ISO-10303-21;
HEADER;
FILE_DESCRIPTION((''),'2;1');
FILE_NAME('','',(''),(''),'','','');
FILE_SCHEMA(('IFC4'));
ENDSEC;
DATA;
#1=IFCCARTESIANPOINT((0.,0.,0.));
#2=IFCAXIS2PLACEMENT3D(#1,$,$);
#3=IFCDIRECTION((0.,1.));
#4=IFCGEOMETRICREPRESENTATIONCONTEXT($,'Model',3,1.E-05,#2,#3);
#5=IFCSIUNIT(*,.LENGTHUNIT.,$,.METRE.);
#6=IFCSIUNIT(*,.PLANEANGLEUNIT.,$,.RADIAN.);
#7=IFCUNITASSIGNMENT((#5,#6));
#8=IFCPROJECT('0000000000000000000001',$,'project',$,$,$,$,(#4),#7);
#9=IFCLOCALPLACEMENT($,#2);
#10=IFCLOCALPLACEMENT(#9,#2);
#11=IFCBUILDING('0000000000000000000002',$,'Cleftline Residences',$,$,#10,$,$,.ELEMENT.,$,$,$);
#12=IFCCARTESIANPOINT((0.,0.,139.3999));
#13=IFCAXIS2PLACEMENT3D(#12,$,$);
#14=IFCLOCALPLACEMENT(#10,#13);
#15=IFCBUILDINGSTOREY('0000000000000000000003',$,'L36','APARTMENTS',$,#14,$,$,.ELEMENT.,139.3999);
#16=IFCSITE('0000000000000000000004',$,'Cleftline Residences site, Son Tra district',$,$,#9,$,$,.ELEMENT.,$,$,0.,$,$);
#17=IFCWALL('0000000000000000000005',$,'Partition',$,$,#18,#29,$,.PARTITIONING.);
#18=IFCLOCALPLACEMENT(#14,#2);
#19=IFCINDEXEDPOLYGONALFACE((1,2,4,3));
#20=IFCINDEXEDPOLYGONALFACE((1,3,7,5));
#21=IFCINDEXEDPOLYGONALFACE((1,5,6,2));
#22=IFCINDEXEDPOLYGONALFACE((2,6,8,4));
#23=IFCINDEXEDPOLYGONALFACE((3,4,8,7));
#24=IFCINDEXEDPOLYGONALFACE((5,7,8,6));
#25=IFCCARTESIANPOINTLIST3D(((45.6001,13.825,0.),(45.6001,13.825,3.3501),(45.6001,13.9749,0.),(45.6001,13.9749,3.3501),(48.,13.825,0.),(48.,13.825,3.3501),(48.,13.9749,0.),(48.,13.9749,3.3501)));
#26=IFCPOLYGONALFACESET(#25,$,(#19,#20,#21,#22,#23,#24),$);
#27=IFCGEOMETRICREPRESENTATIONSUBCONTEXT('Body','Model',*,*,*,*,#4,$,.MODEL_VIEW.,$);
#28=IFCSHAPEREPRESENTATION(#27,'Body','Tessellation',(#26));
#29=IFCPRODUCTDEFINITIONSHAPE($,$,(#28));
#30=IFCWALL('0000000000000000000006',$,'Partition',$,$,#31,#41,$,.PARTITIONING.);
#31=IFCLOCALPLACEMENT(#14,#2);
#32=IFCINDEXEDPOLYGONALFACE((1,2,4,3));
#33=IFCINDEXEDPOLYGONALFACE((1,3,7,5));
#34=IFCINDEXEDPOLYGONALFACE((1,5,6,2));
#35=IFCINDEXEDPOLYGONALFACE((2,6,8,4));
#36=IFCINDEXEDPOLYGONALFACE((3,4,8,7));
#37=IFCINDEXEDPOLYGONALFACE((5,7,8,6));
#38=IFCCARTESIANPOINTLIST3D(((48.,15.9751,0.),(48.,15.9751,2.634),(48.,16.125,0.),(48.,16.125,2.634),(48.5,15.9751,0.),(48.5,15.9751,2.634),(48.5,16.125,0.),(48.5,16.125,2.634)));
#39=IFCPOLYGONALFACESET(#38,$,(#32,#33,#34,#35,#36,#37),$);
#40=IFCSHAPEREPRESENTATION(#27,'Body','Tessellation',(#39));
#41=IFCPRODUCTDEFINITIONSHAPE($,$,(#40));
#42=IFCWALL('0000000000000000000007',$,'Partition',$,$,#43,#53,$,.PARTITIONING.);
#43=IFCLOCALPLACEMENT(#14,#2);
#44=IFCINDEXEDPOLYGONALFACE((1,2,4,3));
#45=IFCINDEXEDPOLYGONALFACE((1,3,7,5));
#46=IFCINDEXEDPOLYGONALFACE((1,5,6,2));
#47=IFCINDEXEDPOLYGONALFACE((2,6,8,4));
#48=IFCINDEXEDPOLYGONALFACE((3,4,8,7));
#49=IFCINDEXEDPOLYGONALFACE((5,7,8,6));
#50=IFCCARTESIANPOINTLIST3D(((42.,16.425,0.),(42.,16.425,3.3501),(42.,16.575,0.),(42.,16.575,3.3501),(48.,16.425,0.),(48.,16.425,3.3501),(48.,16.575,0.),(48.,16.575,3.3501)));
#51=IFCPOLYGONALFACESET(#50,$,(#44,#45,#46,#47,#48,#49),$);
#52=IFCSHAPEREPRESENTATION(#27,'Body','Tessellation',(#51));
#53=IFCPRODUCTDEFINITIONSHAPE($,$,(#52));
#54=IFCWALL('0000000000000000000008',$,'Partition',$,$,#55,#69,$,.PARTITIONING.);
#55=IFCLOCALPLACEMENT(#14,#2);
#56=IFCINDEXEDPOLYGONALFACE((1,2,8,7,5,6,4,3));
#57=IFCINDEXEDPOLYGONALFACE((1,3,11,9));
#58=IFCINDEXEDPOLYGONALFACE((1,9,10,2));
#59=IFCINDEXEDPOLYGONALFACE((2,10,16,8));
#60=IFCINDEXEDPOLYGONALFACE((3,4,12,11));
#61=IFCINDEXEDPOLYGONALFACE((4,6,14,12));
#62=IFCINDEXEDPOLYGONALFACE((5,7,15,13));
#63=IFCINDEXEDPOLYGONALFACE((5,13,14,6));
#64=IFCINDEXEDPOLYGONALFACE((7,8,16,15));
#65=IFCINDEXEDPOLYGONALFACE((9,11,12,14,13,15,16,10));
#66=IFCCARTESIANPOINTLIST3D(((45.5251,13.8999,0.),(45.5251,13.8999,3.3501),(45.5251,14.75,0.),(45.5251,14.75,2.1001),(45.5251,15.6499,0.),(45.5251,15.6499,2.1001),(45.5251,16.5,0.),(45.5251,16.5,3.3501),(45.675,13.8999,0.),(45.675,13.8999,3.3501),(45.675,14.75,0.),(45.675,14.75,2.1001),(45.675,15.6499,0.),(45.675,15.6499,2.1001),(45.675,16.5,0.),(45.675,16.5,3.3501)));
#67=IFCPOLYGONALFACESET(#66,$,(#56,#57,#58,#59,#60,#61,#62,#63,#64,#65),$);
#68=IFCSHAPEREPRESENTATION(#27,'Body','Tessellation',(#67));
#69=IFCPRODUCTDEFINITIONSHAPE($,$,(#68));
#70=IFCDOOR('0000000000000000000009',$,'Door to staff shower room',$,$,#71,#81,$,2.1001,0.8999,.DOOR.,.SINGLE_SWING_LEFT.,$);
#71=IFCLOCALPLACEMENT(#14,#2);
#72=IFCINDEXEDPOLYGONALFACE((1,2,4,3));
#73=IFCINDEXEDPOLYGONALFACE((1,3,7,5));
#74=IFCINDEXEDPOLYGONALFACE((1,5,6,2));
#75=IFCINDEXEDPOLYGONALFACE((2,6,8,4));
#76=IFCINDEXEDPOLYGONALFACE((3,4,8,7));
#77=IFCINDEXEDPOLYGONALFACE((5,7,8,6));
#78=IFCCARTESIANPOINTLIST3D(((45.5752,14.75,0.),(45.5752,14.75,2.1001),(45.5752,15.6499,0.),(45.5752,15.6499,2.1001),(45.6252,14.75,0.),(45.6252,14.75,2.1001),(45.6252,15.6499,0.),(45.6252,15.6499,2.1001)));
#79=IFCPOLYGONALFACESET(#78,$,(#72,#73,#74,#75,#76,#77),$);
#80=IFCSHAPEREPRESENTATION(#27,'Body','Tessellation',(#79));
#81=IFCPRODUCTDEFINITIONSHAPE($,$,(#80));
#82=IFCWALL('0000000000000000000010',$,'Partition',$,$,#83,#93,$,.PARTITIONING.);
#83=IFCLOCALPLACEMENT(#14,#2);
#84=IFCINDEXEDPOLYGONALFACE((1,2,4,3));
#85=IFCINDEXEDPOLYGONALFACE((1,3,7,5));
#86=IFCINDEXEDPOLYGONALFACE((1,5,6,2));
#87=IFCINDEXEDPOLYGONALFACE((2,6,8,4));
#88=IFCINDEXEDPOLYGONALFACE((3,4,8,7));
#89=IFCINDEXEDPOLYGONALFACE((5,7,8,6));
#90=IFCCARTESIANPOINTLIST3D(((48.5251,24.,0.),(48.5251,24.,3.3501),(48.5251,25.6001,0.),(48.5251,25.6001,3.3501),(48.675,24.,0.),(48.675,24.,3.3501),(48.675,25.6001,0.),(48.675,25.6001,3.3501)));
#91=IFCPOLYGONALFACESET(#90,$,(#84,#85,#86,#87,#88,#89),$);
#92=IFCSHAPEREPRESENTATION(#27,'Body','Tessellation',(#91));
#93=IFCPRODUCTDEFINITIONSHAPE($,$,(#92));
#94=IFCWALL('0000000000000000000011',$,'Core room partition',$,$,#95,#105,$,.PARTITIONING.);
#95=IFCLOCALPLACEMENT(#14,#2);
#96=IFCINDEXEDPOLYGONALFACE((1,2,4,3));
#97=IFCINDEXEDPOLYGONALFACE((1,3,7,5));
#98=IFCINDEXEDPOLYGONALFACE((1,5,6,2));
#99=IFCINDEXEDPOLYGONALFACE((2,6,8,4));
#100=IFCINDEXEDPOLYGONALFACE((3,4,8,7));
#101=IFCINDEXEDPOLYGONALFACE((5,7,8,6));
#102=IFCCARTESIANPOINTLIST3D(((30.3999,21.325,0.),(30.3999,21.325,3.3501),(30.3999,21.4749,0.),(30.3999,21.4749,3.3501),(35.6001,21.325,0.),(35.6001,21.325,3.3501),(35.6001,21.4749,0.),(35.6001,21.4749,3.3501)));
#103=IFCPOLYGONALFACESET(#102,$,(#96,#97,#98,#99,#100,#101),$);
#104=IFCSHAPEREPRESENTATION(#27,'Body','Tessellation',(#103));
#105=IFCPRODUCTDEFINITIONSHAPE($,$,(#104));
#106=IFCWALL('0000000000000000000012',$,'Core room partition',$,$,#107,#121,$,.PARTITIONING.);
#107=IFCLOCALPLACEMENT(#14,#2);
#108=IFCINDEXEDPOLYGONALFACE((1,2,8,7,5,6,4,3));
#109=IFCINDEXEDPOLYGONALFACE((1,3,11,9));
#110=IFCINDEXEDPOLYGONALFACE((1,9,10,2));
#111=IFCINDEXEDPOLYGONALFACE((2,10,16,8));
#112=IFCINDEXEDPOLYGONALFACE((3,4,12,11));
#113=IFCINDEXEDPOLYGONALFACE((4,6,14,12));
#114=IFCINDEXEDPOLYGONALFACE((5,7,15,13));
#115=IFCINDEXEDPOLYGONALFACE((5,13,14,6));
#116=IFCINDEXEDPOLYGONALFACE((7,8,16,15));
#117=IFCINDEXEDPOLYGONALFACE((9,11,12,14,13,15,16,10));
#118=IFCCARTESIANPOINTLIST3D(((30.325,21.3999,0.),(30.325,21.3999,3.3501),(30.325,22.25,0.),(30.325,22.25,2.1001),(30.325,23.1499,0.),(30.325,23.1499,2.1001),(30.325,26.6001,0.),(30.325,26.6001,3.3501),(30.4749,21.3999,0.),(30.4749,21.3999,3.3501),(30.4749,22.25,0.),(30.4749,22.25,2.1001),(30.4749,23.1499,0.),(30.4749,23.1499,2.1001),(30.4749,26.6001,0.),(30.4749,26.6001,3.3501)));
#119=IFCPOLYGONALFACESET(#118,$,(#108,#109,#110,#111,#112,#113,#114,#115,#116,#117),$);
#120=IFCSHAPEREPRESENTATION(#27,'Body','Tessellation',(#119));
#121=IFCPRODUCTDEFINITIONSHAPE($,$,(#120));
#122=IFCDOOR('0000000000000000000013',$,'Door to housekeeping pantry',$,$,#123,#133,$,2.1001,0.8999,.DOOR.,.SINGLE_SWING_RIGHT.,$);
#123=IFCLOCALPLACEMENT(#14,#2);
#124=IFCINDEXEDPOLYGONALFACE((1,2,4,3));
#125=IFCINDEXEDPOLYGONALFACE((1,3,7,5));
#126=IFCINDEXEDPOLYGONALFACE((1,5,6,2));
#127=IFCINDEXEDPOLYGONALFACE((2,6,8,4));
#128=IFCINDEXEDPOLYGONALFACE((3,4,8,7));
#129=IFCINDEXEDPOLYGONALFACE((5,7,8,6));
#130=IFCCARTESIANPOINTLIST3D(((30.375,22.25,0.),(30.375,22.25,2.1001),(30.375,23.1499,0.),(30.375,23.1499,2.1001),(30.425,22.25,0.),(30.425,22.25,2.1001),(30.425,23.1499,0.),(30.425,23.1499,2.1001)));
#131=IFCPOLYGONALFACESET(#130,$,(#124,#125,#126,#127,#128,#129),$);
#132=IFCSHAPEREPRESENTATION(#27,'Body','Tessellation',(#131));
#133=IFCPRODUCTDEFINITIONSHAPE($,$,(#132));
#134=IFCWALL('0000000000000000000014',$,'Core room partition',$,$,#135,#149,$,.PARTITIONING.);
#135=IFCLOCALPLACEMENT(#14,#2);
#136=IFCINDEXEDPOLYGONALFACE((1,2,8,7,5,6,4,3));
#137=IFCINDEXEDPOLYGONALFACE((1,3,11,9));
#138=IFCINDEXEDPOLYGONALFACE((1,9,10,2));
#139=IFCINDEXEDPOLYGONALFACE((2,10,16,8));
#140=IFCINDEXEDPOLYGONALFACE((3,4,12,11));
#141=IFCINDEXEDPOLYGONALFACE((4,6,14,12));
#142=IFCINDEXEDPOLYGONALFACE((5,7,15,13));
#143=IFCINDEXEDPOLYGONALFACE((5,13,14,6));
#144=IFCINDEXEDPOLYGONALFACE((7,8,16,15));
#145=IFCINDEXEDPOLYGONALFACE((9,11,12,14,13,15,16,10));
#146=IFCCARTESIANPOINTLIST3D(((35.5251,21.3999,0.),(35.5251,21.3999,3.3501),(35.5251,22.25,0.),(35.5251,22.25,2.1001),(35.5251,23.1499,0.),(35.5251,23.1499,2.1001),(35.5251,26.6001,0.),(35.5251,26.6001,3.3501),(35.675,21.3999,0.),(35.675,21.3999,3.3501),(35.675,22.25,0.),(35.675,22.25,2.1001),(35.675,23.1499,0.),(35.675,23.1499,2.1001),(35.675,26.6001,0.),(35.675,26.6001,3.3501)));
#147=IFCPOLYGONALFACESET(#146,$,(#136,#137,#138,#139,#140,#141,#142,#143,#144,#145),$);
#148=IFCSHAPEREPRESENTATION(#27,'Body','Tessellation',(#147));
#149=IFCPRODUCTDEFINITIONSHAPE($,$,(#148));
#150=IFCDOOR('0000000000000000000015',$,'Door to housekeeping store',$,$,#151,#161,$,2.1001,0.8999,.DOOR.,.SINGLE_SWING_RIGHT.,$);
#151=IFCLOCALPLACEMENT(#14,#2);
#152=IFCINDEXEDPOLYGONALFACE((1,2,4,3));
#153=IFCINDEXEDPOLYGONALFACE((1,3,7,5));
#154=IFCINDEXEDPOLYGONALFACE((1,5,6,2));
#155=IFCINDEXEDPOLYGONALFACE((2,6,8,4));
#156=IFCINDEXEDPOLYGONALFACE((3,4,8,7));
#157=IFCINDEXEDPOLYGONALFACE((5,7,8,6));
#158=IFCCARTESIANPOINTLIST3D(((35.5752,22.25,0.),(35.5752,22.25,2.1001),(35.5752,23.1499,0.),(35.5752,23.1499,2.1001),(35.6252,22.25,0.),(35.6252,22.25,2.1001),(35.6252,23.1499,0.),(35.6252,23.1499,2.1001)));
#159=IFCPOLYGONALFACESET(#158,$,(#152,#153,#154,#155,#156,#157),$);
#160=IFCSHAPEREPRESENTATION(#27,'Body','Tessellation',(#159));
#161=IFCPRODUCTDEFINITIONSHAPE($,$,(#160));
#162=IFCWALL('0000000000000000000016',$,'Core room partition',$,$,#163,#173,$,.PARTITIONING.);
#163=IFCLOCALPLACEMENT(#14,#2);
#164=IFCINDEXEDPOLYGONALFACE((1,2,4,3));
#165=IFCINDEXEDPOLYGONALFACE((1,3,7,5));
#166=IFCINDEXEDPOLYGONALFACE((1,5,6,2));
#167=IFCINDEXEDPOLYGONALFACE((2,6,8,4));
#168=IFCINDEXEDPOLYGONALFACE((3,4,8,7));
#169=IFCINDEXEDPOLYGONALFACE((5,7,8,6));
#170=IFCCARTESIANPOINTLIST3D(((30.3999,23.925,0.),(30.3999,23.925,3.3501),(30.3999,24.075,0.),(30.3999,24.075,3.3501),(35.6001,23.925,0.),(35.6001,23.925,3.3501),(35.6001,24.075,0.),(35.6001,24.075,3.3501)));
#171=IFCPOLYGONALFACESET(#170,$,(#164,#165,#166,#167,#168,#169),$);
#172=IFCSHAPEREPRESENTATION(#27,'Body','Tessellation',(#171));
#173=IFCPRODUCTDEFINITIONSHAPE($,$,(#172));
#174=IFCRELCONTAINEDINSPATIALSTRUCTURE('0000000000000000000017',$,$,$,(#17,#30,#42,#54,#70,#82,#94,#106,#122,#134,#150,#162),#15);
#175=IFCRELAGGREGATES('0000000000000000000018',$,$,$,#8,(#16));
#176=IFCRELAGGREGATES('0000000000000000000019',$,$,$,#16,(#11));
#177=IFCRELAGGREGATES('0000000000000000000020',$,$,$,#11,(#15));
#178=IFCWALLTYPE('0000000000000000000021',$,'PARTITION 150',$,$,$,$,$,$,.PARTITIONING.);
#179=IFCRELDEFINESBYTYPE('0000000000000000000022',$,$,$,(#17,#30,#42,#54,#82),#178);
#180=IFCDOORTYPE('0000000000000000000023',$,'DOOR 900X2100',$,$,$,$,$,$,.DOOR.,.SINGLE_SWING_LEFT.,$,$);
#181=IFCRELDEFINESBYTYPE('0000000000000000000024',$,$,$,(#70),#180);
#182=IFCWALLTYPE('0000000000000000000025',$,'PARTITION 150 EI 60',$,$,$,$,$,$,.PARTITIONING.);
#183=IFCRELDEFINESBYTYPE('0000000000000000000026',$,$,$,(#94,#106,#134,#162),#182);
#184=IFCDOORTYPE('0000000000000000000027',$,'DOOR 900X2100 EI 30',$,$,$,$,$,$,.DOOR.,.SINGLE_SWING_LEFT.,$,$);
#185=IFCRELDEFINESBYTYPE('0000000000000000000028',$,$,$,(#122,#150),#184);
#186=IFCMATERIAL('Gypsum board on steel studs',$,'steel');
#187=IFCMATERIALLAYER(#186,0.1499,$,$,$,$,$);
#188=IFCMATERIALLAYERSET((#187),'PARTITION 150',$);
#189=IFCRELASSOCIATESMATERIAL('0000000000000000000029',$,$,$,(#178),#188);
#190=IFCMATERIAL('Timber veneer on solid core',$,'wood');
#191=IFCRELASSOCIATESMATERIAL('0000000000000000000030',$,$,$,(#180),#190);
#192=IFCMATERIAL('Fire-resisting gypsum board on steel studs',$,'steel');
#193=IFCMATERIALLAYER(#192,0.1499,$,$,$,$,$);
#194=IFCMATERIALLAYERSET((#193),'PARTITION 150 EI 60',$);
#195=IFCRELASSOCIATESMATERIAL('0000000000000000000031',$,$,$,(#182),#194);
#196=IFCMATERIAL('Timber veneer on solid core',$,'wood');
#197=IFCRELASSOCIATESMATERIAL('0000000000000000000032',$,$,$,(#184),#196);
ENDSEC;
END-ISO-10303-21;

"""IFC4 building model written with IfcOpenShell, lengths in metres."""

from ifc_helpers import new_model, si_unit, direction, frame, frame_2d, origin, place, context, subcontext, project, spatial, rectangle, extrude, material, layer, layer_set, type_object, element, fill, save


model = new_model("IFC4")

# Units and contexts
model_context = context("Model", 3, precision=1e-05, world=origin(), true_north=direction((0.0, 1.0)))
body_context = subcontext(model_context, "Body", "Model", "MODEL_VIEW")
ifc_project = project(units=[si_unit("LENGTHUNIT", "METRE"), si_unit("PLANEANGLEUNIT", "RADIAN")], contexts=[model_context])

# Site, building, storey
site_placement = place(None, origin())
site = spatial("IfcSite", under=ifc_project, at=site_placement, Name="Cleftline Residences site, Son Tra district", CompositionType="ELEMENT", RefElevation=0.0)
building_placement = place(site_placement, origin())
building = spatial("IfcBuilding", under=site, at=building_placement, Name="Cleftline Residences", CompositionType="ELEMENT")
storey_placement = place(building_placement, frame((0.0, 0.0, 139.3999)))
storey = spatial("IfcBuildingStorey", under=building, at=storey_placement, Name="L36", Description="APARTMENTS", CompositionType="ELEMENT", Elevation=139.3999)

# Walls
ifc_material_1 = material(Name="Gypsum board on steel studs", Category="steel")
ifc_layer_1 = layer(ifc_material_1, 0.1499)
ifc_layer_set_1 = layer_set([ifc_layer_1], Name="PARTITION 150")
wall_type_1 = type_object("IfcWallType", Name="PARTITION 150", PredefinedType="PARTITIONING", material=ifc_layer_set_1)
wall_1_placement = place(storey_placement, frame((45.6001, 13.8999, 0.0), z_axis=(0.0, 0.0, 1.0), x_axis=(1.0, 0.0, 0.0)))
element("IfcWall", 1, at=wall_1_placement, inside=storey, type_object=wall_type_1, Name="Partition", PredefinedType="PARTITIONING", context=body_context, shape_type="SweptSolid", body=[
    extrude(rectangle(XDim=2.3999, YDim=0.1499, at=frame_2d((1.2, 0.0))), origin(), (0.0, 0.0, 1.0), 3.3501),
])
wall_2_placement = place(storey_placement, frame((48.0, 16.05, 0.0), z_axis=(0.0, 0.0, 1.0), x_axis=(1.0, 0.0, 0.0)))
element("IfcWall", 2, at=wall_2_placement, inside=storey, type_object=wall_type_1, Name="Partition", PredefinedType="PARTITIONING", context=body_context, shape_type="SweptSolid", body=[
    extrude(rectangle(XDim=0.5, YDim=0.1499, at=frame_2d((0.25, 0.0))), origin(), (0.0, 0.0, 1.0), 2.634),
])
wall_3_placement = place(storey_placement, frame((42.0, 16.5, 0.0), z_axis=(0.0, 0.0, 1.0), x_axis=(1.0, 0.0, 0.0)))
element("IfcWall", 3, at=wall_3_placement, inside=storey, type_object=wall_type_1, Name="Partition", PredefinedType="PARTITIONING", context=body_context, shape_type="SweptSolid", body=[
    extrude(rectangle(XDim=6.0, YDim=0.1499, at=frame_2d((3.0, 0.0))), origin(), (0.0, 0.0, 1.0), 3.3501),
])

# Wall, opening, door
wall_4_placement = place(storey_placement, frame((45.6001, 13.8999, 0.0), z_axis=(0.0, 0.0, 1.0), x_axis=(0.0, 1.0, 0.0)))
wall_4 = element("IfcWall", 4, at=wall_4_placement, inside=storey, type_object=wall_type_1, Name="Partition", PredefinedType="PARTITIONING", context=body_context, shape_type="SweptSolid", body=[
    extrude(rectangle(XDim=2.6001, YDim=0.1499, at=frame_2d((1.3, 0.0))), origin(), (0.0, 0.0, 1.0), 3.3501),
])
opening_1_placement = place(wall_4_placement, frame((0.8501, 0.0, 0.0)))
opening_1 = element("IfcOpeningElement", 5, at=opening_1_placement, cuts=wall_4, PredefinedType="OPENING", context=body_context, shape_type="SweptSolid", body=[
    extrude(rectangle(XDim=0.8999, YDim=2.1001, at=frame_2d((0.45, 1.05))), frame((0.0, 0.085, 0.0), z_axis=(0.0, -1.0, 0.0), x_axis=(1.0, 0.0, 0.0)), (0.0, 0.0, 1.0), 0.1699),
])
ifc_material_2 = material(Name="Timber veneer on solid core", Category="wood")
door_type_1 = type_object("IfcDoorType", Name="DOOR 900X2100", OperationType="SINGLE_SWING_LEFT", PredefinedType="DOOR", material=ifc_material_2)
door_1_placement = place(opening_1_placement, origin())
door_1 = element("IfcDoor", 6, at=door_1_placement, inside=storey, type_object=door_type_1, Name="Door to staff shower room", OperationType="SINGLE_SWING_LEFT", OverallHeight=2.1001, OverallWidth=0.8999, PredefinedType="DOOR", context=body_context, shape_type="SweptSolid", body=[
    extrude(rectangle(XDim=0.8999, YDim=2.1001, at=frame_2d((0.45, 1.05))), frame((0.0, 0.0249, 0.0), z_axis=(0.0, -1.0, 0.0), x_axis=(1.0, 0.0, 0.0)), (0.0, 0.0, 1.0), 0.05),
])
fill(opening_1, door_1)

# Walls
wall_5_placement = place(storey_placement, frame((48.6001, 24.0, 0.0), z_axis=(0.0, 0.0, 1.0), x_axis=(0.0, 1.0, 0.0)))
element("IfcWall", 7, at=wall_5_placement, inside=storey, type_object=wall_type_1, Name="Partition", PredefinedType="PARTITIONING", context=body_context, shape_type="SweptSolid", body=[
    extrude(rectangle(XDim=1.6001, YDim=0.1499, at=frame_2d((0.8, 0.0))), origin(), (0.0, 0.0, 1.0), 3.3501),
])
ifc_material_3 = material(Name="Fire-resisting gypsum board on steel studs", Category="steel")
ifc_layer_2 = layer(ifc_material_3, 0.1499)
ifc_layer_set_2 = layer_set([ifc_layer_2], Name="PARTITION 150 EI 60")
wall_type_2 = type_object("IfcWallType", Name="PARTITION 150 EI 60", PredefinedType="PARTITIONING", material=ifc_layer_set_2)
wall_6_placement = place(storey_placement, frame((30.3999, 21.3999, 0.0), z_axis=(0.0, 0.0, 1.0), x_axis=(1.0, 0.0, 0.0)))
element("IfcWall", 8, at=wall_6_placement, inside=storey, type_object=wall_type_2, Name="Core room partition", PredefinedType="PARTITIONING", context=body_context, shape_type="SweptSolid", body=[
    extrude(rectangle(XDim=5.2002, YDim=0.1499, at=frame_2d((2.6001, 0.0))), origin(), (0.0, 0.0, 1.0), 3.3501),
])

# Walls, openings, doors
wall_7_placement = place(storey_placement, frame((30.3999, 21.3999, 0.0), z_axis=(0.0, 0.0, 1.0), x_axis=(0.0, 1.0, 0.0)))
wall_7 = element("IfcWall", 9, at=wall_7_placement, inside=storey, type_object=wall_type_2, Name="Core room partition", PredefinedType="PARTITIONING", context=body_context, shape_type="SweptSolid", body=[
    extrude(rectangle(XDim=5.2002, YDim=0.1499, at=frame_2d((2.6001, 0.0))), origin(), (0.0, 0.0, 1.0), 3.3501),
])
opening_2_placement = place(wall_7_placement, frame((0.8501, 0.0, 0.0)))
opening_2 = element("IfcOpeningElement", 10, at=opening_2_placement, cuts=wall_7, PredefinedType="OPENING", context=body_context, shape_type="SweptSolid", body=[
    extrude(rectangle(XDim=0.8999, YDim=2.1001, at=frame_2d((0.45, 1.05))), frame((0.0, 0.085, 0.0), z_axis=(0.0, -1.0, 0.0), x_axis=(1.0, 0.0, 0.0)), (0.0, 0.0, 1.0), 0.1699),
])
ifc_material_4 = material(Name="Timber veneer on solid core", Category="wood")
door_type_2 = type_object("IfcDoorType", Name="DOOR 900X2100 EI 30", OperationType="SINGLE_SWING_LEFT", PredefinedType="DOOR", material=ifc_material_4)
door_2_placement = place(opening_2_placement, origin())
door_2 = element("IfcDoor", 11, at=door_2_placement, inside=storey, type_object=door_type_2, Name="Door to housekeeping pantry", OperationType="SINGLE_SWING_RIGHT", OverallHeight=2.1001, OverallWidth=0.8999, PredefinedType="DOOR", context=body_context, shape_type="SweptSolid", body=[
    extrude(rectangle(XDim=0.8999, YDim=2.1001, at=frame_2d((0.45, 1.05))), frame((0.0, 0.0249, 0.0), z_axis=(0.0, -1.0, 0.0), x_axis=(1.0, 0.0, 0.0)), (0.0, 0.0, 1.0), 0.05),
])
fill(opening_2, door_2)
wall_8_placement = place(storey_placement, frame((35.6001, 21.3999, 0.0), z_axis=(0.0, 0.0, 1.0), x_axis=(0.0, 1.0, 0.0)))
wall_8 = element("IfcWall", 12, at=wall_8_placement, inside=storey, type_object=wall_type_2, Name="Core room partition", PredefinedType="PARTITIONING", context=body_context, shape_type="SweptSolid", body=[
    extrude(rectangle(XDim=5.2002, YDim=0.1499, at=frame_2d((2.6001, 0.0))), origin(), (0.0, 0.0, 1.0), 3.3501),
])
opening_3_placement = place(wall_8_placement, frame((0.8501, 0.0, 0.0)))
opening_3 = element("IfcOpeningElement", 13, at=opening_3_placement, cuts=wall_8, PredefinedType="OPENING", context=body_context, shape_type="SweptSolid", body=[
    extrude(rectangle(XDim=0.8999, YDim=2.1001, at=frame_2d((0.45, 1.05))), frame((0.0, 0.085, 0.0), z_axis=(0.0, -1.0, 0.0), x_axis=(1.0, 0.0, 0.0)), (0.0, 0.0, 1.0), 0.1699),
])
door_3_placement = place(opening_3_placement, origin())
door_3 = element("IfcDoor", 14, at=door_3_placement, inside=storey, type_object=door_type_2, Name="Door to housekeeping store", OperationType="SINGLE_SWING_RIGHT", OverallHeight=2.1001, OverallWidth=0.8999, PredefinedType="DOOR", context=body_context, shape_type="SweptSolid", body=[
    extrude(rectangle(XDim=0.8999, YDim=2.1001, at=frame_2d((0.45, 1.05))), frame((0.0, 0.0249, 0.0), z_axis=(0.0, -1.0, 0.0), x_axis=(1.0, 0.0, 0.0)), (0.0, 0.0, 1.0), 0.05),
])
fill(opening_3, door_3)

# Wall
for number, where, z_axis, x_axis, name in (
    (15, (30.3999, 24.0, 0.0), (0.0, 0.0, 1.0), (1.0, 0.0, 0.0), "Core room partition"),
):
    element("IfcWall", number, at=place(storey_placement, frame(where, z_axis=z_axis, x_axis=x_axis)), inside=storey, type_object=wall_type_2, Name=name, PredefinedType="PARTITIONING", context=body_context, shape_type="SweptSolid", body=[
        extrude(rectangle(XDim=5.2002, YDim=0.1499, at=frame_2d((2.6001, 0.0))), origin(), (0.0, 0.0, 1.0), 3.3501),
    ])

save(model, "model.ifc")
